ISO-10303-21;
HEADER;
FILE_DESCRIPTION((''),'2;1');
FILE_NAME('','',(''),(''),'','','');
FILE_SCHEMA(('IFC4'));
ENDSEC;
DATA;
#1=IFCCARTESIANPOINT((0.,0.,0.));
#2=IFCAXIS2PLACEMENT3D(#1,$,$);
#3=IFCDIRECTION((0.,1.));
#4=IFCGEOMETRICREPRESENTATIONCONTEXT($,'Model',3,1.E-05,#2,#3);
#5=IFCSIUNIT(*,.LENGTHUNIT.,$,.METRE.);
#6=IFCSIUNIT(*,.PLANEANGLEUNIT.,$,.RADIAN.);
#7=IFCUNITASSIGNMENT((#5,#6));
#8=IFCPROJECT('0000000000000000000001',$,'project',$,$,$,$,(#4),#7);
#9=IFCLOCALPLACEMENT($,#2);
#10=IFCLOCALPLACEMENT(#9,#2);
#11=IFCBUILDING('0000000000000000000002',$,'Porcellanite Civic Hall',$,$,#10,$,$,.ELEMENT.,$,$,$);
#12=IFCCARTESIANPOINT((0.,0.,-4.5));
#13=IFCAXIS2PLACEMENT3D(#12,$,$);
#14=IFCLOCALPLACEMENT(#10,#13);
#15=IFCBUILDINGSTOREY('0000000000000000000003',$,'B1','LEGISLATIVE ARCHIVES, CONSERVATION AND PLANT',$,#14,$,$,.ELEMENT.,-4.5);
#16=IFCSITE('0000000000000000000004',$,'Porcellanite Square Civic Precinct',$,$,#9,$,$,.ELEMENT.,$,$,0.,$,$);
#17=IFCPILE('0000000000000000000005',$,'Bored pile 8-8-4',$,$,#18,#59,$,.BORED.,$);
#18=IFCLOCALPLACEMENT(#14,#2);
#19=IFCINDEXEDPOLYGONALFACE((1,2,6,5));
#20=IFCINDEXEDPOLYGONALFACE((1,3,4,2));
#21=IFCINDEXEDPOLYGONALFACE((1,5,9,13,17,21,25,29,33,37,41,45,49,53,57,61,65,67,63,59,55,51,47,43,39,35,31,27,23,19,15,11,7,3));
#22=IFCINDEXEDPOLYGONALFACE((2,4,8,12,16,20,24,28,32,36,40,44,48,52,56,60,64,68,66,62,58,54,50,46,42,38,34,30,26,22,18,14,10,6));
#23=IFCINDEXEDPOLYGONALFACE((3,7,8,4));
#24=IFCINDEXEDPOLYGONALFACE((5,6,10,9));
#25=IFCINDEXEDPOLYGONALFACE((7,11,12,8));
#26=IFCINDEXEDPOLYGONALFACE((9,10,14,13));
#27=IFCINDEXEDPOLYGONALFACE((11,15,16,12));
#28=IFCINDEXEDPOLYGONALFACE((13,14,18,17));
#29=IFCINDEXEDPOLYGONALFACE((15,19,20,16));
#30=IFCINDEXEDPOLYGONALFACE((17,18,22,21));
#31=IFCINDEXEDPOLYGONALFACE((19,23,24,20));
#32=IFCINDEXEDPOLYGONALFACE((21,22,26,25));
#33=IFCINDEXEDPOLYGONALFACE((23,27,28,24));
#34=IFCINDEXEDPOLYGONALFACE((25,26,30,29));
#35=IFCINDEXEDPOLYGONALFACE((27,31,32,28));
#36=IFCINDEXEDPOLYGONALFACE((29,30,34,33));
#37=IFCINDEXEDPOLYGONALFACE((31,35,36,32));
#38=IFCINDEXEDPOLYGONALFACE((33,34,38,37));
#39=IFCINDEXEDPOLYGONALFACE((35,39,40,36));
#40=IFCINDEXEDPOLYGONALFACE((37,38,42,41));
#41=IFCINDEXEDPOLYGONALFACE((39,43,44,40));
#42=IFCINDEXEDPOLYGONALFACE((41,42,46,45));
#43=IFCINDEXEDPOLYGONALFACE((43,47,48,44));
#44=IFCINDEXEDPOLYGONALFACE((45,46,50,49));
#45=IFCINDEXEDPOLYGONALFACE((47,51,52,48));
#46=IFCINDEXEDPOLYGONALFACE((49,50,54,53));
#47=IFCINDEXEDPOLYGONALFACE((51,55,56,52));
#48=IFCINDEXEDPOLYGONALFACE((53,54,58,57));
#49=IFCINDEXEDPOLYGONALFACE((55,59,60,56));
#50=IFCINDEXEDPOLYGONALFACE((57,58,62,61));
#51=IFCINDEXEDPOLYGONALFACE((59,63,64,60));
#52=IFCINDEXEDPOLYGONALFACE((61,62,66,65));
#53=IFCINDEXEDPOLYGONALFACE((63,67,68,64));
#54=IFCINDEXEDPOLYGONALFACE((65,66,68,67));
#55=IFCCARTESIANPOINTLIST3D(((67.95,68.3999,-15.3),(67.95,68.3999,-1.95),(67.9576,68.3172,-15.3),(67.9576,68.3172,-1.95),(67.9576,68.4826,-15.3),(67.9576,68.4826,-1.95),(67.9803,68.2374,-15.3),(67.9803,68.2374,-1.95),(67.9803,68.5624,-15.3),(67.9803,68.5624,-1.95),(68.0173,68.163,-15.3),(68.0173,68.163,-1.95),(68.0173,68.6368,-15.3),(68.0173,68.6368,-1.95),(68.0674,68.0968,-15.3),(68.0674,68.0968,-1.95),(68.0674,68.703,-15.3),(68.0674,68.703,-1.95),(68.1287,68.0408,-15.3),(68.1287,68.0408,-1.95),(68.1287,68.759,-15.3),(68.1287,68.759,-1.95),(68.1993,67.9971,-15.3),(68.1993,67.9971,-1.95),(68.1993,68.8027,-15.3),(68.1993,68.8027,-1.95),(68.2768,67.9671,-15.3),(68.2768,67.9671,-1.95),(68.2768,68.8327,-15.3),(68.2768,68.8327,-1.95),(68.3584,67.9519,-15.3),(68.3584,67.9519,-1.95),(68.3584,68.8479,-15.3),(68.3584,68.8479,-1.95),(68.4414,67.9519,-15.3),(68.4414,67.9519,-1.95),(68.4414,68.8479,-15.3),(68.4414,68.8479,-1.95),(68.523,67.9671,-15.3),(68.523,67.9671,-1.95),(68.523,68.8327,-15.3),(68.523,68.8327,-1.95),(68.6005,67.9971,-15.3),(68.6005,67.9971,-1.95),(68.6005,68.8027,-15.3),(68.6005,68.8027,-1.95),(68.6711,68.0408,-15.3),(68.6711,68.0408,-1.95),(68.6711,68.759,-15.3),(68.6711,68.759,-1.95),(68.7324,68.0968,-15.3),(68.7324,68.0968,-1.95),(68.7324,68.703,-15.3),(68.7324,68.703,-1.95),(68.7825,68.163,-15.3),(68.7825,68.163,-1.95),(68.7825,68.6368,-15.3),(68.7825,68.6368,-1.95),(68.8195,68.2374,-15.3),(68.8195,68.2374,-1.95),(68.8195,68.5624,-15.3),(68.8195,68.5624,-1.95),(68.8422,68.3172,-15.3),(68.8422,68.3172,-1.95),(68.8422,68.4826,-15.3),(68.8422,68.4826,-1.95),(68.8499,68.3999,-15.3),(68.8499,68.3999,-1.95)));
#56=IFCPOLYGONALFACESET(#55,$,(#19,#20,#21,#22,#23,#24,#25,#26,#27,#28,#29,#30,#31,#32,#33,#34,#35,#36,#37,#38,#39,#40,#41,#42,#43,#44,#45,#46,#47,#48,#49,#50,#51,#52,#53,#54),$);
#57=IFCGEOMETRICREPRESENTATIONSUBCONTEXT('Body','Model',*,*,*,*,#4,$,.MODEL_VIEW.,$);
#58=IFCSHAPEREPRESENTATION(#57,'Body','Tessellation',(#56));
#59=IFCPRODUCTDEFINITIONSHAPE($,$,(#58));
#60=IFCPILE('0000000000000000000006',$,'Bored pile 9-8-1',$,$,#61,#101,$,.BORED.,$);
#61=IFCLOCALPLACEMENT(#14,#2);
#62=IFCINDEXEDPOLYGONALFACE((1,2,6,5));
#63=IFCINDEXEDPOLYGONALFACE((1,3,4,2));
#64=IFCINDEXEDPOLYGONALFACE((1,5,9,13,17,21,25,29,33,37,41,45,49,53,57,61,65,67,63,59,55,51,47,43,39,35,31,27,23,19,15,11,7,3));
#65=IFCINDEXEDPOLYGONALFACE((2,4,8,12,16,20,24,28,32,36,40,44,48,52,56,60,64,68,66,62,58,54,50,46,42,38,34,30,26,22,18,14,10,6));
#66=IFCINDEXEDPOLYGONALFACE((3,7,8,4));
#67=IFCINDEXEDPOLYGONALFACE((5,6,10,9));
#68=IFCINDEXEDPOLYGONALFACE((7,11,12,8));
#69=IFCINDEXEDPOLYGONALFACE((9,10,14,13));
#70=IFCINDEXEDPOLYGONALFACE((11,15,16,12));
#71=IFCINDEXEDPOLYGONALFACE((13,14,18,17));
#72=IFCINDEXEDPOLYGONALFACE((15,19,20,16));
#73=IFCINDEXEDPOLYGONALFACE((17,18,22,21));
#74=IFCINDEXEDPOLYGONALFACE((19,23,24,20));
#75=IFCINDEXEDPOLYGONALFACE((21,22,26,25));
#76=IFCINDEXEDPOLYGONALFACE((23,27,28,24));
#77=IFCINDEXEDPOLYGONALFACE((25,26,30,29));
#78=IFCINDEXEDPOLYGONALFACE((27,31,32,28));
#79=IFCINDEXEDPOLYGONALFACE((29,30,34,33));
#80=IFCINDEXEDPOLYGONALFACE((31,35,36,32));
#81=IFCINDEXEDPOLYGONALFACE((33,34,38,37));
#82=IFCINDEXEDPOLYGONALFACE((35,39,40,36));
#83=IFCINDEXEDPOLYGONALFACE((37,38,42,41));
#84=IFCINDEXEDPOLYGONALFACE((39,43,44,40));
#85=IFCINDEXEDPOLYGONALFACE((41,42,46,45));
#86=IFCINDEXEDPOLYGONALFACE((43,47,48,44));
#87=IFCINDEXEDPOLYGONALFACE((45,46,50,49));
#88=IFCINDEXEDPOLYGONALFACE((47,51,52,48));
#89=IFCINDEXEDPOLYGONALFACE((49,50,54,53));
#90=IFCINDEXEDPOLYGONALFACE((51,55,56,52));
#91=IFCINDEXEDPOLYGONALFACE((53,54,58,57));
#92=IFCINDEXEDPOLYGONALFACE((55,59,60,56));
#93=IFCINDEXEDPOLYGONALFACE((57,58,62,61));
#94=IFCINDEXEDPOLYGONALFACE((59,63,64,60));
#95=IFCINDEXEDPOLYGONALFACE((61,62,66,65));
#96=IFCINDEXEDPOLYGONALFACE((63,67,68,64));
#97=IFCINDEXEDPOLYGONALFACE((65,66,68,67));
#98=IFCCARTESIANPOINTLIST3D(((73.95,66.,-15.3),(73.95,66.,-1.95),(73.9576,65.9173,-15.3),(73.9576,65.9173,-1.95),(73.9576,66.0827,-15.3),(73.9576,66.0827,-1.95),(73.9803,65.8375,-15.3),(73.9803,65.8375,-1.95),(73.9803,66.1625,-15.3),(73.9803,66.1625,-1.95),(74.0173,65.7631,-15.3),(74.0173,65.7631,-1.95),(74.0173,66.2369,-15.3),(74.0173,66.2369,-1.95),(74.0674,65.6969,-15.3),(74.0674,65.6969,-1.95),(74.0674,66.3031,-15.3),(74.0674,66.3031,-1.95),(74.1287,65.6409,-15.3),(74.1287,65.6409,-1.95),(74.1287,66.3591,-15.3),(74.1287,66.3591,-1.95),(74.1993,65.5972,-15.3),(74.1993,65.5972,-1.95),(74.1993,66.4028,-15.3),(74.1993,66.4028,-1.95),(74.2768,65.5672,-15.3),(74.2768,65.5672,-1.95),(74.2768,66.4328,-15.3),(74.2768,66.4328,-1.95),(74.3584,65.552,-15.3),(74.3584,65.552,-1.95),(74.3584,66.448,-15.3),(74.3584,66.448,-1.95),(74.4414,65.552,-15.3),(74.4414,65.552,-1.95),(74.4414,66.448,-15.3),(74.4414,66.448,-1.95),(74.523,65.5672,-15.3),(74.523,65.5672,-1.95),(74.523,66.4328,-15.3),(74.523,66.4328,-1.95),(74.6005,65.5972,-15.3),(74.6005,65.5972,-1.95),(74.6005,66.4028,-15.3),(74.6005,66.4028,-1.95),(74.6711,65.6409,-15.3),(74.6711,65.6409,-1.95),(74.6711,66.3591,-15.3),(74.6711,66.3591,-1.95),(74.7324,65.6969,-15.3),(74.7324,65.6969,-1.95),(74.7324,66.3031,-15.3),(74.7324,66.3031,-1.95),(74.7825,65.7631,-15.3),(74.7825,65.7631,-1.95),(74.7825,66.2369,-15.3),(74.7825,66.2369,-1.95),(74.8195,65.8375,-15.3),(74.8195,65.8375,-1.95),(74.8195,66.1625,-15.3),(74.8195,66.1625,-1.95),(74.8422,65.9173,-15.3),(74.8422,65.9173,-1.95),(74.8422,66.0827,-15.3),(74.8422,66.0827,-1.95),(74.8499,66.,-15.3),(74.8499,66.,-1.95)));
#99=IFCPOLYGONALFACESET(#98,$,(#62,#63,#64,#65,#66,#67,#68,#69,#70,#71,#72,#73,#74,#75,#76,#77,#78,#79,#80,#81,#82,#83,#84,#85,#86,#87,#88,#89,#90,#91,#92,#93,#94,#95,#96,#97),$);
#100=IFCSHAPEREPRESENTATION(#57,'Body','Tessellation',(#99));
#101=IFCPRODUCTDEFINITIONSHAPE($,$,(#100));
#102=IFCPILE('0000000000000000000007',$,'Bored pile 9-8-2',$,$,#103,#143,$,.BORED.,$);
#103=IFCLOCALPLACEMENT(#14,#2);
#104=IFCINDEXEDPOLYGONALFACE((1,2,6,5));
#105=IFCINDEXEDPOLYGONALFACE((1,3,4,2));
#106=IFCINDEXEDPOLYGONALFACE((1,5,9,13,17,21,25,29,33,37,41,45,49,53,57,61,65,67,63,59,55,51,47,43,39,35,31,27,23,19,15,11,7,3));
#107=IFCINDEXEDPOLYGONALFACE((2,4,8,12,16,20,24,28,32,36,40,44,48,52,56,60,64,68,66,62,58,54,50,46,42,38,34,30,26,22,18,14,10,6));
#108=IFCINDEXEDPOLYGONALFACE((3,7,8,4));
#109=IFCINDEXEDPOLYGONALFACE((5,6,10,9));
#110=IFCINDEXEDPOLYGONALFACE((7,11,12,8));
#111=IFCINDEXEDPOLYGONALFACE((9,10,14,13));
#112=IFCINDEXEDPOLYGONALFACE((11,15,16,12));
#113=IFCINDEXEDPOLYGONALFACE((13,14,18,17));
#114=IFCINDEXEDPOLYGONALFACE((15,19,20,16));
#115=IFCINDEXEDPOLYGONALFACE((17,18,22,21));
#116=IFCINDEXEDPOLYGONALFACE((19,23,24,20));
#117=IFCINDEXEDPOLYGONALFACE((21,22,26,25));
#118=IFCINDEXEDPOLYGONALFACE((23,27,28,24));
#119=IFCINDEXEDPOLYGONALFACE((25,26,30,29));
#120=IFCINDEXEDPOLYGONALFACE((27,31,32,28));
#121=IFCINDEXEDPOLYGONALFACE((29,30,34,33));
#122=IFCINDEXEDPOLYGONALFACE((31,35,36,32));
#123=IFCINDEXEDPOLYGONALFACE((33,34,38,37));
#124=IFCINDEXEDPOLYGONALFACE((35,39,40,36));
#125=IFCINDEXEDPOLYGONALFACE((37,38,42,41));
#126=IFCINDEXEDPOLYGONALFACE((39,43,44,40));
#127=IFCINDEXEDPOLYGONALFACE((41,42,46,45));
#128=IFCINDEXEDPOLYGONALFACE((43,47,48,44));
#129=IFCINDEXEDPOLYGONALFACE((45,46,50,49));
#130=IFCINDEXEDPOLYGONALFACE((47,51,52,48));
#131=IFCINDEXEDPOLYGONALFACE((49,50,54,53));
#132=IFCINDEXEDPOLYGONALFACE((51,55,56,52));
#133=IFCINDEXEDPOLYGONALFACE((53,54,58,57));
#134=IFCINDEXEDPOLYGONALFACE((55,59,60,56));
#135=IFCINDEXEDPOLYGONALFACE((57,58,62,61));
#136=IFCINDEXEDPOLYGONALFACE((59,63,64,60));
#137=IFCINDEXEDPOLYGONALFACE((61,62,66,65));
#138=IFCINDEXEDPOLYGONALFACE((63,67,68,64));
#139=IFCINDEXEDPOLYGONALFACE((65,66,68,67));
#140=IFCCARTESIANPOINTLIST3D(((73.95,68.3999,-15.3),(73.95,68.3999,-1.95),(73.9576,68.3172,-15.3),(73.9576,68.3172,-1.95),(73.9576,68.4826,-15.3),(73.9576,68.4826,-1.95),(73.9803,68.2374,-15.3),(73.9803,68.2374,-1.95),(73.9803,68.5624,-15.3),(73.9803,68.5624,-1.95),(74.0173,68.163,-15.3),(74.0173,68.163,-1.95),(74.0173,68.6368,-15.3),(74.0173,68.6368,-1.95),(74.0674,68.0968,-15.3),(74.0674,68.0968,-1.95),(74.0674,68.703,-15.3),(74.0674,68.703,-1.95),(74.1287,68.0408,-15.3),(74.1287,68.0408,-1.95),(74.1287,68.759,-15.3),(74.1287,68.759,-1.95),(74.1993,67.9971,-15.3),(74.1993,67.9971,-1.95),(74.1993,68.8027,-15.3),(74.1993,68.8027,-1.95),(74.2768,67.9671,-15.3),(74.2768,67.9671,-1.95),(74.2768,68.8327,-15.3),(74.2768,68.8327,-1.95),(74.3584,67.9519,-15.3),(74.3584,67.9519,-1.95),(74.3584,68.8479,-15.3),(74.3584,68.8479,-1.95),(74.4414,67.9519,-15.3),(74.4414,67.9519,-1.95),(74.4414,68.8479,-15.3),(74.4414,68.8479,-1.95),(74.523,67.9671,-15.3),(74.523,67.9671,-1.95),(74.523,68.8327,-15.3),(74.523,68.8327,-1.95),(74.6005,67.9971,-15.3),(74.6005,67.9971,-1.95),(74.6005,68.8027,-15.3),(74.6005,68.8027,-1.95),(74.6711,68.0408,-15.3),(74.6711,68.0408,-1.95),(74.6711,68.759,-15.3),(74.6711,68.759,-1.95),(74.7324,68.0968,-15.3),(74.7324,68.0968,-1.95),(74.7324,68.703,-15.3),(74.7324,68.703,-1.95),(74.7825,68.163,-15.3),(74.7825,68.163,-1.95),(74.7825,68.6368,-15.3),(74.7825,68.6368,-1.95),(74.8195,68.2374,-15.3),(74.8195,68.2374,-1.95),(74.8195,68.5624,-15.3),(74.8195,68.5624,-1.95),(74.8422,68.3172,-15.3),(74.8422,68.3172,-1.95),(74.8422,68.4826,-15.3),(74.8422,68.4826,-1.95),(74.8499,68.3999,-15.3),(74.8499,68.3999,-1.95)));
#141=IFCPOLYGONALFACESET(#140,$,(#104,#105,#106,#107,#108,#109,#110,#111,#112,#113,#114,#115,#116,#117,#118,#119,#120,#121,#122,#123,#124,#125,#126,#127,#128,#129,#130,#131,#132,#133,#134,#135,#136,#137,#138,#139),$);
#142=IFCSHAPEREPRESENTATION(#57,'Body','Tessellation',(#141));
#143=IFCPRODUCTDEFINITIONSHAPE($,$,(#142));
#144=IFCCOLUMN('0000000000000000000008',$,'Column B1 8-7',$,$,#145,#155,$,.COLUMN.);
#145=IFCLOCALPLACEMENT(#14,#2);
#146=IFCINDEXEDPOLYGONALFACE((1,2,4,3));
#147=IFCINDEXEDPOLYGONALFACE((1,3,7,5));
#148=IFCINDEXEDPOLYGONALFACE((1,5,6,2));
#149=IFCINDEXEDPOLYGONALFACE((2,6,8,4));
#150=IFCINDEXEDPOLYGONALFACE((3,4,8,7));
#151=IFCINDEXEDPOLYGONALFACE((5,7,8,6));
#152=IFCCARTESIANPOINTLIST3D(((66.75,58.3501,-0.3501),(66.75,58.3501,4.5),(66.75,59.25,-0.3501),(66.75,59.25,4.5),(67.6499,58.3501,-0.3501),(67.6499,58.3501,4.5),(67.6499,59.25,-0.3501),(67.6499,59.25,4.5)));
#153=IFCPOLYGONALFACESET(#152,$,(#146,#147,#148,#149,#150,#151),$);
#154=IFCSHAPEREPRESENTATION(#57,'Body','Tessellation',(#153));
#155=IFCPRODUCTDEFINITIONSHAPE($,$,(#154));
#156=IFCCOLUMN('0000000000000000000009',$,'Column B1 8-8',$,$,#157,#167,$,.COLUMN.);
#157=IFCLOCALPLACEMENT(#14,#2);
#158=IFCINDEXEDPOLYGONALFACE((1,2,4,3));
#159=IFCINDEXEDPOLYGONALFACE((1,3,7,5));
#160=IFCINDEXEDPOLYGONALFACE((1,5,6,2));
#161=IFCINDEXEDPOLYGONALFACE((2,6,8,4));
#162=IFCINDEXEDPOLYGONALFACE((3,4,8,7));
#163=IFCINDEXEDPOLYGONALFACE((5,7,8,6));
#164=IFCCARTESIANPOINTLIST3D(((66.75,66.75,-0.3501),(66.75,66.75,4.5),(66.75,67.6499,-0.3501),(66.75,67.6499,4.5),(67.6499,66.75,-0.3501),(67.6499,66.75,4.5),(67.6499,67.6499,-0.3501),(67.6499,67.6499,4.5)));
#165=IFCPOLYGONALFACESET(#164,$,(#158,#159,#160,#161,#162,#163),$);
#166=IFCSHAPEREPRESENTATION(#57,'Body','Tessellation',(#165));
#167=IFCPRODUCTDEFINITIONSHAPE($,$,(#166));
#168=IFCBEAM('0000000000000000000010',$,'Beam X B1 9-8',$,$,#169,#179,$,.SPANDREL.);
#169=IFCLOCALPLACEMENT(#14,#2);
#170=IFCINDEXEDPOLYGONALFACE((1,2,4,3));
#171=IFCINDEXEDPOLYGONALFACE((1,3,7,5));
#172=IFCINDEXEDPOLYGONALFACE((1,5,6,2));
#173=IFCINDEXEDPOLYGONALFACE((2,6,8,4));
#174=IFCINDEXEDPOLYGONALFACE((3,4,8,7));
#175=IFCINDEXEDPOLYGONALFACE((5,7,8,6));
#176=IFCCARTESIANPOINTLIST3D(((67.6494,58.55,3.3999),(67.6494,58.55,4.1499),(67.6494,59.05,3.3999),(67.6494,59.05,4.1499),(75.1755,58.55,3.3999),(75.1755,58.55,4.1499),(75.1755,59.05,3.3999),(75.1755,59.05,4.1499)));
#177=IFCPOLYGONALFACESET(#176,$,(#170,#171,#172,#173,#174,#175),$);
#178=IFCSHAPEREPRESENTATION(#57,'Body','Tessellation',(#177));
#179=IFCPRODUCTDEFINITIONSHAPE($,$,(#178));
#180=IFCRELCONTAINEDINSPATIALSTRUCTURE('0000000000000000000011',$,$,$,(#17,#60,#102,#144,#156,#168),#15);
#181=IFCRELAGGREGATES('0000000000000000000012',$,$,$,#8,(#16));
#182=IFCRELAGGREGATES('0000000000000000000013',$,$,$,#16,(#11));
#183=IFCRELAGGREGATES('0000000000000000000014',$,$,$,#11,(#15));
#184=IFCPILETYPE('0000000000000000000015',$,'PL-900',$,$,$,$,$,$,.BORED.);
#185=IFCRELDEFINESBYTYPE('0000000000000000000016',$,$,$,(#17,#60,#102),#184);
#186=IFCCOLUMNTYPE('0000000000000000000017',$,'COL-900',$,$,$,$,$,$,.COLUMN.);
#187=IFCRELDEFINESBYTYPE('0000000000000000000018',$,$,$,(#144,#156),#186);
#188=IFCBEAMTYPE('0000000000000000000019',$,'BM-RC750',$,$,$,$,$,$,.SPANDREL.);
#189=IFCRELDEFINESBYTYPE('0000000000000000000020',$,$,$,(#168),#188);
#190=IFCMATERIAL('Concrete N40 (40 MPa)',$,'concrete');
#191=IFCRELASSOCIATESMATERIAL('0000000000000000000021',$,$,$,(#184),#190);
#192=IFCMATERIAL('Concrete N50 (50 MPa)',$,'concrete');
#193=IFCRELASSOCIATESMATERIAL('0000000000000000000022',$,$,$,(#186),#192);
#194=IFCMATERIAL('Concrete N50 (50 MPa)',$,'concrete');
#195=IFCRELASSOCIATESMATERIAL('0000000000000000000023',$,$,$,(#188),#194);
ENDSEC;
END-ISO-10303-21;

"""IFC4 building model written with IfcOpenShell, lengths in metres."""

from ifc_helpers import new_model, si_unit, direction, frame, origin, origin_2d, place, context, subcontext, project, spatial, rectangle, circle, extrude, material, material_profile, profile_set, type_object, element, save


model = new_model("IFC4")

# Units and contexts
model_context = context("Model", 3, precision=1e-05, world=origin(), true_north=direction((0.0, 1.0)))
body_context = subcontext(model_context, "Body", "Model", "MODEL_VIEW")
ifc_project = project(units=[si_unit("LENGTHUNIT", "METRE"), si_unit("PLANEANGLEUNIT", "RADIAN")], contexts=[model_context])

# Site, building, storey
site_placement = place(None, origin())
site = spatial("IfcSite", under=ifc_project, at=site_placement, Name="Porcellanite Square Civic Precinct", CompositionType="ELEMENT", RefElevation=0.0)
building_placement = place(site_placement, origin())
building = spatial("IfcBuilding", under=site, at=building_placement, Name="Porcellanite Civic Hall", CompositionType="ELEMENT")
storey_placement = place(building_placement, frame((0.0, 0.0, -4.5)))
storey = spatial("IfcBuildingStorey", under=building, at=storey_placement, Name="B1", Description="LEGISLATIVE ARCHIVES, CONSERVATION AND PLANT", CompositionType="ELEMENT", Elevation=-4.5)

# Piles
ifc_material_1 = material(Name="Concrete N40 (40 MPa)", Category="concrete")
ifc_material_profile_1 = material_profile(ifc_material_1, circle(Radius=0.45, at=origin_2d()), Name="PILE-D900")
ifc_profile_set_1 = profile_set([ifc_material_profile_1], Name="Concrete N40 (40 MPa)")
pile_type_1 = type_object("IfcPileType", Name="PL-900", PredefinedType="BORED", material=ifc_profile_set_1)
for number, where, z_axis, x_axis, name in (
    (1, (68.3999, 68.3999, -1.95), (0.0, 0.0, -1.0), (1.0, 0.0, 0.0), "Bored pile 8-8-4"),
    (2, (74.3999, 66.0, -1.95), (0.0, 0.0, -1.0), (1.0, 0.0, 0.0), "Bored pile 9-8-1"),
    (3, (74.3999, 68.3999, -1.95), (0.0, 0.0, -1.0), (1.0, 0.0, 0.0), "Bored pile 9-8-2"),
):
    element("IfcPile", number, at=place(storey_placement, frame(where, z_axis=z_axis, x_axis=x_axis)), inside=storey, type_object=pile_type_1, Name=name, PredefinedType="BORED", context=body_context, shape_type="SweptSolid", body=[
        extrude(circle(Radius=0.45, at=origin_2d()), origin(), (0.0, 0.0, 1.0), 13.3501),
    ])

# Columns
ifc_material_2 = material(Name="Concrete N50 (50 MPa)", Category="concrete")
ifc_material_profile_2 = material_profile(ifc_material_2, rectangle(XDim=0.8999, YDim=0.8999, at=origin_2d()), Name="RC-900x900")
ifc_profile_set_2 = profile_set([ifc_material_profile_2], Name="Concrete N50 (50 MPa)")
column_type = type_object("IfcColumnType", Name="COL-900", PredefinedType="COLUMN", material=ifc_profile_set_2)
for number, where, z_axis, x_axis, name in (
    (4, (67.2, 58.8, -0.3501), (0.0, 0.0, 1.0), (1.0, 0.0, 0.0), "Column B1 8-7"),
    (5, (67.2, 67.2, -0.3501), (0.0, 0.0, 1.0), (1.0, 0.0, 0.0), "Column B1 8-8"),
):
    element("IfcColumn", number, at=place(storey_placement, frame(where, z_axis=z_axis, x_axis=x_axis)), inside=storey, type_object=column_type, Name=name, PredefinedType="COLUMN", context=body_context, shape_type="SweptSolid", body=[
        extrude(rectangle(XDim=0.8999, YDim=0.8999, at=origin_2d()), origin(), (0.0, 0.0, 1.0), 4.8501),
    ])

# Beam
ifc_material_3 = material(Name="Concrete N50 (50 MPa)", Category="concrete")
ifc_material_profile_3 = material_profile(ifc_material_3, rectangle(XDim=0.5, YDim=0.75, at=origin_2d()), Name="RC-500x750")
ifc_profile_set_3 = profile_set([ifc_material_profile_3], Name="Concrete N50 (50 MPa)")
beam_type = type_object("IfcBeamType", Name="BM-RC750", PredefinedType="SPANDREL", material=ifc_profile_set_3)
beam_placement = place(storey_placement, frame((67.6494, 58.8, 3.7749), z_axis=(1.0, 0.0, 0.0), x_axis=(0.0, 1.0, 0.0)))
element("IfcBeam", 6, at=beam_placement, inside=storey, type_object=beam_type, Name="Beam X B1 9-8", PredefinedType="SPANDREL", context=body_context, shape_type="SweptSolid", body=[
    extrude(rectangle(XDim=0.5, YDim=0.75, at=origin_2d()), origin(), (0.0, 0.0, 1.0), 7.5261),
])

save(model, "model.ifc")
